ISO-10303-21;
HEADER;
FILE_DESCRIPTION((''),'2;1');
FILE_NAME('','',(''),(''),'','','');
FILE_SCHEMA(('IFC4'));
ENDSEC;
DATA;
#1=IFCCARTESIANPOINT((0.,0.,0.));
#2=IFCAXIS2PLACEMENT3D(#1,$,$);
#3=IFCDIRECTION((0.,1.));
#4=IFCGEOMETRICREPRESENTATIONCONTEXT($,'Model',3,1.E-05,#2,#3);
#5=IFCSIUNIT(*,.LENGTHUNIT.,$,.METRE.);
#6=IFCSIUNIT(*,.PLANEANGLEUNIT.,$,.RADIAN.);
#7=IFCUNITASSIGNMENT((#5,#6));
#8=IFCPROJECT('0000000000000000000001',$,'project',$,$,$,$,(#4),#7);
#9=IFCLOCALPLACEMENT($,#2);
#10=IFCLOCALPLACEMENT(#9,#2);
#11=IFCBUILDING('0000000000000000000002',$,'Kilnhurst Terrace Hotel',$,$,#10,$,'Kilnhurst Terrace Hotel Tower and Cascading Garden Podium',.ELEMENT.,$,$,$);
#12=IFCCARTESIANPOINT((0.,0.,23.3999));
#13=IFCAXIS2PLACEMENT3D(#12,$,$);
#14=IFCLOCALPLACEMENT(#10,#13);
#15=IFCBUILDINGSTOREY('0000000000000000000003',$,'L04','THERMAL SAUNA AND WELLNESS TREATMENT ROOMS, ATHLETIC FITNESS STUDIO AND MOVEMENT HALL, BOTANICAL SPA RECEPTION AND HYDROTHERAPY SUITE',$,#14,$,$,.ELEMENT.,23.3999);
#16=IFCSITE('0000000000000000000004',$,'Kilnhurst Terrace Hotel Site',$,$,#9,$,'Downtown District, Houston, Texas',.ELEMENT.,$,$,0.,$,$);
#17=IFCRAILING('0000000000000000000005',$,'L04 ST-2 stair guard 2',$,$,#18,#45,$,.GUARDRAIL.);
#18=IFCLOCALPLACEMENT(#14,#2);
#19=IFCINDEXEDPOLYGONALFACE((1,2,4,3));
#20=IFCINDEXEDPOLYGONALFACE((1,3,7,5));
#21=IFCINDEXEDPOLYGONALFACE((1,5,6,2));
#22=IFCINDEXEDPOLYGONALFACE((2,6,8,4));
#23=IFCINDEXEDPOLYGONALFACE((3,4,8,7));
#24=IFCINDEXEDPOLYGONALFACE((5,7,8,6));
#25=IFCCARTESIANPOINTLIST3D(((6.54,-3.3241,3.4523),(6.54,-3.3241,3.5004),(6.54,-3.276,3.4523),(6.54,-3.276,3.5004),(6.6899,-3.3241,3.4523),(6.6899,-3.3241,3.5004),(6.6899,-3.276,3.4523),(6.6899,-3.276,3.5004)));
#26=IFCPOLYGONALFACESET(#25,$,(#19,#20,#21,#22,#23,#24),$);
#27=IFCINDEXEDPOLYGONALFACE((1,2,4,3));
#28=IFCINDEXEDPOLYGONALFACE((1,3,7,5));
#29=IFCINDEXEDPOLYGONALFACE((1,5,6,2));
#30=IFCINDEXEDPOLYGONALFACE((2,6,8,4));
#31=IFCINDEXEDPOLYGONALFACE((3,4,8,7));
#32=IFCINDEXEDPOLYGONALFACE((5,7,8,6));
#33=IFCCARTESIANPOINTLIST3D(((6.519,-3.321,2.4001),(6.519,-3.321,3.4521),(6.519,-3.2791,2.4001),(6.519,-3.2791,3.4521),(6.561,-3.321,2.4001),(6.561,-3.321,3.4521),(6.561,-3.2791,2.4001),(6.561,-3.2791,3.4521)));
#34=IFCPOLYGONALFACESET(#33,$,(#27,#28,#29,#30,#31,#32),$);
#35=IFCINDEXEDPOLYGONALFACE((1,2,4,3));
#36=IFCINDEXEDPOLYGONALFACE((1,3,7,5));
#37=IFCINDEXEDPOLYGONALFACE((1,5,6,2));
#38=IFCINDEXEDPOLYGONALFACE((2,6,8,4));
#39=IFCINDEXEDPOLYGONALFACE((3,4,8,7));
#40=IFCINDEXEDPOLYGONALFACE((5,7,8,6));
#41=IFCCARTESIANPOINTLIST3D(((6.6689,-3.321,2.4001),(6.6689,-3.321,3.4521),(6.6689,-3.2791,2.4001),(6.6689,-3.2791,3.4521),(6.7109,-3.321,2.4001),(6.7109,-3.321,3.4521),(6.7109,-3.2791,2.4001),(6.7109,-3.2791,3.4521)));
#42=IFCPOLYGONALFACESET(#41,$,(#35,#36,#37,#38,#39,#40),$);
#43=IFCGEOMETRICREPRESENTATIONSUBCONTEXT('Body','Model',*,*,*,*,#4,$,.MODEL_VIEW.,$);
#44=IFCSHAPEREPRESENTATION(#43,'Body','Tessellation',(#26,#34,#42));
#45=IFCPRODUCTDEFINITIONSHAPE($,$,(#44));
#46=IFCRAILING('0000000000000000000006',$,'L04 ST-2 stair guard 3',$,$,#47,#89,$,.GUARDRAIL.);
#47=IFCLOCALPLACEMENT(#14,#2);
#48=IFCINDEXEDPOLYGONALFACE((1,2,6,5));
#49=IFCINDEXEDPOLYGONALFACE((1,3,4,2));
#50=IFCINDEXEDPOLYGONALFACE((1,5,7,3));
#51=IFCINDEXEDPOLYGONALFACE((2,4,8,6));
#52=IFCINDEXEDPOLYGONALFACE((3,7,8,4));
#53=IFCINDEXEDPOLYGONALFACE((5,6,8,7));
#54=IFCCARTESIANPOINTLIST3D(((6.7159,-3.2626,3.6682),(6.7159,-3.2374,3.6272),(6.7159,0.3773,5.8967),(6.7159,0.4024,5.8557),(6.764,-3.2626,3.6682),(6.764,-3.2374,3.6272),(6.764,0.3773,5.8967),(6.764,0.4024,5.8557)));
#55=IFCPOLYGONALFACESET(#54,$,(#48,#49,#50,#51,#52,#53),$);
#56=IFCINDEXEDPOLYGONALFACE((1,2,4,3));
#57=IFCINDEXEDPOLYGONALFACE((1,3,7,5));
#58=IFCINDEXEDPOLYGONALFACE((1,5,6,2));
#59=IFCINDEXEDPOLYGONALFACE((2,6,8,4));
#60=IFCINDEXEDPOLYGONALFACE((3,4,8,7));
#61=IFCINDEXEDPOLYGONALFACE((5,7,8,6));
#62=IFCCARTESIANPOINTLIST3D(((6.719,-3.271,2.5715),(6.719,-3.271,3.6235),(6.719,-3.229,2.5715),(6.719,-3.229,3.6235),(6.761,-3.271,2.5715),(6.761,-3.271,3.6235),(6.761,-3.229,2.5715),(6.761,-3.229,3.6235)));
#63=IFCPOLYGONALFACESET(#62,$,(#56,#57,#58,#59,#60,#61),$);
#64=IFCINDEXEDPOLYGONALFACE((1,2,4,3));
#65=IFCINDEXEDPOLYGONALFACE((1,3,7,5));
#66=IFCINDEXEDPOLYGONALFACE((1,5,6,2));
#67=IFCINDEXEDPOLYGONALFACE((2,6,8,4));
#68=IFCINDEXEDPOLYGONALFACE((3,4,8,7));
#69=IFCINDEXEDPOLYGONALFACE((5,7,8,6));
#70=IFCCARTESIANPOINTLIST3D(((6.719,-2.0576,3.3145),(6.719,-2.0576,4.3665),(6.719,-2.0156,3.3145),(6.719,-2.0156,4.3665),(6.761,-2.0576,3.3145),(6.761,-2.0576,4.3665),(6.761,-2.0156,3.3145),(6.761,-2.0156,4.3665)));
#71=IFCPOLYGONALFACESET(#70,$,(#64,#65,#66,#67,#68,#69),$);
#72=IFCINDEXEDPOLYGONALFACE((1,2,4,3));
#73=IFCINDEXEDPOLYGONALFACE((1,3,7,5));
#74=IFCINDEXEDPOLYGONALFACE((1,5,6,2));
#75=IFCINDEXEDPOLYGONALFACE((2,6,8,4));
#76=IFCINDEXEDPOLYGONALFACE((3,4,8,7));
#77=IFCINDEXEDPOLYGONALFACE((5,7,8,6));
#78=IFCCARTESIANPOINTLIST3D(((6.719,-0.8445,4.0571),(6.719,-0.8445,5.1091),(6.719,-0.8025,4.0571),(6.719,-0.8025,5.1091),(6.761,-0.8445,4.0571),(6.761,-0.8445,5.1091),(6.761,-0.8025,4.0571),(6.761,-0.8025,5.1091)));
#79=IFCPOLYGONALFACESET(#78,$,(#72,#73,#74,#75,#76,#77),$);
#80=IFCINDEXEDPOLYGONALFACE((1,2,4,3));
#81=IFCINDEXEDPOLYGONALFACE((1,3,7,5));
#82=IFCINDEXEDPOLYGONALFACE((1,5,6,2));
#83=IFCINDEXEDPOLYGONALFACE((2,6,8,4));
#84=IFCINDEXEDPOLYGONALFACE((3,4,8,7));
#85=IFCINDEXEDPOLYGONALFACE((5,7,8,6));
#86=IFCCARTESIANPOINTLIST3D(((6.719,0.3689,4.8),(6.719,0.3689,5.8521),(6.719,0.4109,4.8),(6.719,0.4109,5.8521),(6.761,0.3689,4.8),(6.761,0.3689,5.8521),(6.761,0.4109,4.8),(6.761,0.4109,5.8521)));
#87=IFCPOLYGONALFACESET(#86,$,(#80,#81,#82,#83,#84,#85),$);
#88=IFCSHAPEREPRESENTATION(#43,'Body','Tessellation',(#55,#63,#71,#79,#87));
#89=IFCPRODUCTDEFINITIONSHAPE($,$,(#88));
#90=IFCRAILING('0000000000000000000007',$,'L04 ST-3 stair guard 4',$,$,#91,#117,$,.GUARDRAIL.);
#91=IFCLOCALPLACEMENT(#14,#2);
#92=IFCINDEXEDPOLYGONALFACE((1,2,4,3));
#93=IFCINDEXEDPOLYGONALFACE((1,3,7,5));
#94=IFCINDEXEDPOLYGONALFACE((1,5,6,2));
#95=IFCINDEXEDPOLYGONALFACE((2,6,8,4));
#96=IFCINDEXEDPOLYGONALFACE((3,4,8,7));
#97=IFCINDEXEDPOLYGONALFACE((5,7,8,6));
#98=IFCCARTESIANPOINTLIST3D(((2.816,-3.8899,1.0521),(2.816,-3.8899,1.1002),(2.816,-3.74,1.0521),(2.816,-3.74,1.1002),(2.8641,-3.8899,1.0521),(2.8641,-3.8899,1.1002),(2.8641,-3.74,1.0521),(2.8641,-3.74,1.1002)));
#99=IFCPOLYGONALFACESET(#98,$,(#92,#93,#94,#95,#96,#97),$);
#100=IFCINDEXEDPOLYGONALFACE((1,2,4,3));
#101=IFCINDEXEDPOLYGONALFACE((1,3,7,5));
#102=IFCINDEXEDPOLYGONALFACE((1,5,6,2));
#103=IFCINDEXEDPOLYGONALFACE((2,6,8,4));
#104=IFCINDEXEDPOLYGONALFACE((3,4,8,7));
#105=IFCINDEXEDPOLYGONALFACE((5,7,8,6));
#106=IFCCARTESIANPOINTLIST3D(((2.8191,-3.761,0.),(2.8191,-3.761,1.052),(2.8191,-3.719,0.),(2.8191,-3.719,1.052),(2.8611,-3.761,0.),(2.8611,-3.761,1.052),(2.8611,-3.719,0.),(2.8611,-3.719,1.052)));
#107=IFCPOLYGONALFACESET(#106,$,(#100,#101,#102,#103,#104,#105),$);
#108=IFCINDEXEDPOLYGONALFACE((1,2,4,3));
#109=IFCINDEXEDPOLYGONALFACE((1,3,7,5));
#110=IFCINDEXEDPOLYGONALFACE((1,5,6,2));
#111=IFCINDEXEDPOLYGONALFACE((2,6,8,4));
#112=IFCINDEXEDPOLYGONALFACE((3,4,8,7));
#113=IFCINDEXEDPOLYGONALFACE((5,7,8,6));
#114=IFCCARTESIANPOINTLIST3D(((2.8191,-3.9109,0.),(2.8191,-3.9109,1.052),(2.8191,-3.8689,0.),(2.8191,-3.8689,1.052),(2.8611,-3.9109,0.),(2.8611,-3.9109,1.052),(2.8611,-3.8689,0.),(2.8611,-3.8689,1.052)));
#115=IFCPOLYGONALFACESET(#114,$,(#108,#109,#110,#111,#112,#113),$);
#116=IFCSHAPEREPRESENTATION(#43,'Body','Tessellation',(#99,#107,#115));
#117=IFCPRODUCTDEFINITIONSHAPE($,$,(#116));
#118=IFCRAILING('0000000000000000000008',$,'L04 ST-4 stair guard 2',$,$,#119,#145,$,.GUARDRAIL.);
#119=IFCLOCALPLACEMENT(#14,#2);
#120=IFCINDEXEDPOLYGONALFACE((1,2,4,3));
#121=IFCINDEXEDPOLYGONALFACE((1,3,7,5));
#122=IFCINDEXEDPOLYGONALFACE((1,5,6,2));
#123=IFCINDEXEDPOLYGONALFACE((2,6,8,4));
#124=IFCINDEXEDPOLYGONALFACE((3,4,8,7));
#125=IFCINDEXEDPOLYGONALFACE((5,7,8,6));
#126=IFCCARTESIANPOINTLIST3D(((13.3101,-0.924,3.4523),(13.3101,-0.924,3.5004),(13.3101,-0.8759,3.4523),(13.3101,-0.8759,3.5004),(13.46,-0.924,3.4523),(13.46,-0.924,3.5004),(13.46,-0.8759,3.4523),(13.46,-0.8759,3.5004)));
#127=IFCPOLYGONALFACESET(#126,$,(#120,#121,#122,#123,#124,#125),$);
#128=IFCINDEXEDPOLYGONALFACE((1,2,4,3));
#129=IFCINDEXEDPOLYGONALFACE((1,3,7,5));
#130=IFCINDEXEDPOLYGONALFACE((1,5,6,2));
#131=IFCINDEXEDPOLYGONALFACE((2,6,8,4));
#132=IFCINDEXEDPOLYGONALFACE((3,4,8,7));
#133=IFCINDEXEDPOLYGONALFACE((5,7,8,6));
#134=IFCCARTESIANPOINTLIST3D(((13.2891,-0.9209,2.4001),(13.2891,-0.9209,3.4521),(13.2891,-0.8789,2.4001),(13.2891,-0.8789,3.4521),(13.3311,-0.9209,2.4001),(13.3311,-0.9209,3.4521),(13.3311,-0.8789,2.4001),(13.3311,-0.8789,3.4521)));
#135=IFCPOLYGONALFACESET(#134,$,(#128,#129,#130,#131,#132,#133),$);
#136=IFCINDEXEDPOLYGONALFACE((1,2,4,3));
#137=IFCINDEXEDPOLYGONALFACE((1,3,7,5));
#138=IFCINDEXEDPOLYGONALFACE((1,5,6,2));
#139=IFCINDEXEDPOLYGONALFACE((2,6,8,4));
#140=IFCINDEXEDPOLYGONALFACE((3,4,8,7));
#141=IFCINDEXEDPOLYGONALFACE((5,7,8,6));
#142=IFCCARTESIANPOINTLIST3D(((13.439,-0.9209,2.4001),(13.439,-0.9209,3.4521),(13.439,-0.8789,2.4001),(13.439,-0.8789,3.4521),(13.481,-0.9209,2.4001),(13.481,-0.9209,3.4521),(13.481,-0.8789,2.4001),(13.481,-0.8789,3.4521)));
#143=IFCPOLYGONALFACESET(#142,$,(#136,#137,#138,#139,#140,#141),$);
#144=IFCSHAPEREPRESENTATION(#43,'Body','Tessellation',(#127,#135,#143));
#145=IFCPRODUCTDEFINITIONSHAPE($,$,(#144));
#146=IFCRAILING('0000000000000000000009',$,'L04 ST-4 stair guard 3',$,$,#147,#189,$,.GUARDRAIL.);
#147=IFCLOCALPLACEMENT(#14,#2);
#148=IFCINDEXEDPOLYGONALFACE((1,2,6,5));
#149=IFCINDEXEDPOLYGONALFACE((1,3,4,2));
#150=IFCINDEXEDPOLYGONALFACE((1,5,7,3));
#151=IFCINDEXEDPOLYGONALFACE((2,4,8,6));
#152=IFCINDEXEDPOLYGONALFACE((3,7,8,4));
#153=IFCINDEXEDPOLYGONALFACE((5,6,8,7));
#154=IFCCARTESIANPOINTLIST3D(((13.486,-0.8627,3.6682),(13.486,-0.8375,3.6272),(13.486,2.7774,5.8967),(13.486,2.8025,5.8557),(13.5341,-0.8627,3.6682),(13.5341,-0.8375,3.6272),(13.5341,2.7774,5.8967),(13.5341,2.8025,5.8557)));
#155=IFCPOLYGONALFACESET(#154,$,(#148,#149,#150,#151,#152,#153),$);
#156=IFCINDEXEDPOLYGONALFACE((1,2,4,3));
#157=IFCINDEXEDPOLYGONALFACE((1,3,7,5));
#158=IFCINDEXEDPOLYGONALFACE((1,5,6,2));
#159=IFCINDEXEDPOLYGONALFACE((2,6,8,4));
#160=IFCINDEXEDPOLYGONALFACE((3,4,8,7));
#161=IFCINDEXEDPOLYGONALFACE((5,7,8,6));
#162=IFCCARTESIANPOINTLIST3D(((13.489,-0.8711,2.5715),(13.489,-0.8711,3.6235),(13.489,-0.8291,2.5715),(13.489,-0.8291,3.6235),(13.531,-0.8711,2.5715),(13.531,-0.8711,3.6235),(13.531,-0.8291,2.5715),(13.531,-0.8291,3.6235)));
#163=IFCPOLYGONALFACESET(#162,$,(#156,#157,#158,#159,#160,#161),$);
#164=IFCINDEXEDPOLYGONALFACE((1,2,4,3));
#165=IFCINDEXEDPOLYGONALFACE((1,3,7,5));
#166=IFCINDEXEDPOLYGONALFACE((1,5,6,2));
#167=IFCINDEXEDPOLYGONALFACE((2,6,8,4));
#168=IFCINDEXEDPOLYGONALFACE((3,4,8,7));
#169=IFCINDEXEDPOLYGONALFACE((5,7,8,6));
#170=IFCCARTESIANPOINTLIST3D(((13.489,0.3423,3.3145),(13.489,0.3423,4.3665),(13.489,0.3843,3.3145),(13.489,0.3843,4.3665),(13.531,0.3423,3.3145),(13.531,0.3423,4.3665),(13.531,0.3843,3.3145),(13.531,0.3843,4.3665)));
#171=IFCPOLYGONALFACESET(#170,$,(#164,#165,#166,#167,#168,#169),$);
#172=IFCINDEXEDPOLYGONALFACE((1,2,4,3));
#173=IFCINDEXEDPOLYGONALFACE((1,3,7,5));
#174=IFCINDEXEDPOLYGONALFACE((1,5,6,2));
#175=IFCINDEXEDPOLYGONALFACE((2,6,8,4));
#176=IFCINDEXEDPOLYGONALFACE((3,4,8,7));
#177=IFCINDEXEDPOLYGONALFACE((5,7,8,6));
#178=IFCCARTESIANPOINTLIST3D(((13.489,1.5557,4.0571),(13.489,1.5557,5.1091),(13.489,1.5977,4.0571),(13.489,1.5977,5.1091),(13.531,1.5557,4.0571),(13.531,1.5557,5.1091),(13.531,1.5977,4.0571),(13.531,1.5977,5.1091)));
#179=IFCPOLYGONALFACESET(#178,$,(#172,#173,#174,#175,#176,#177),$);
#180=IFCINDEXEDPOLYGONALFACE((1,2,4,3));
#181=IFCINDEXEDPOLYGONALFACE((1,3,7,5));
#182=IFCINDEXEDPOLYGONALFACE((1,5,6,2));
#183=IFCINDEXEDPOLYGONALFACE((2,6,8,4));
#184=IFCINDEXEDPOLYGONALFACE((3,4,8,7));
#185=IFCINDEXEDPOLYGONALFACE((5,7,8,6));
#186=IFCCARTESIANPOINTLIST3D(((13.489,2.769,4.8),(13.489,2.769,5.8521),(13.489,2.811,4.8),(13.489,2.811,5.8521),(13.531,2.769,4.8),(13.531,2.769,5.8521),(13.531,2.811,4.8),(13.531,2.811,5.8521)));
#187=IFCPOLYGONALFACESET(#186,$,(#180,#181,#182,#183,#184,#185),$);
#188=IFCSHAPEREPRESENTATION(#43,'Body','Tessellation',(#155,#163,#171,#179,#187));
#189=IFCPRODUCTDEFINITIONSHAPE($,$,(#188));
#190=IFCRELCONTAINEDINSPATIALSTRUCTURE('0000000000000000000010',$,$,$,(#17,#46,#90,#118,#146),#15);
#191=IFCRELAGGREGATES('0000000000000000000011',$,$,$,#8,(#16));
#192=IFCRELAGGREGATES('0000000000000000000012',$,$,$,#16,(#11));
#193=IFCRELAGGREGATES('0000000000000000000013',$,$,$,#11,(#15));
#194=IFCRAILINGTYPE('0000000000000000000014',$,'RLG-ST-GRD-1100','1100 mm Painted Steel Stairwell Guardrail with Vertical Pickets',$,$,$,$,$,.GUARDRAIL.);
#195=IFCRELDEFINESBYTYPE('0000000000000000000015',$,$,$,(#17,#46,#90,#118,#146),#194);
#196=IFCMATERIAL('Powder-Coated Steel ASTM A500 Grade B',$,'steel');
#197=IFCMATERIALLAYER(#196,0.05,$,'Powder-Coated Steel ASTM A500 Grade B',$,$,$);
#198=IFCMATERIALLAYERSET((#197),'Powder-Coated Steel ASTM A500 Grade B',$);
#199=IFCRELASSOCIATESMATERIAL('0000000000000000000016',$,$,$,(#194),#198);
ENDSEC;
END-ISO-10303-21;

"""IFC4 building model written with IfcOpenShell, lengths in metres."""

from ifc_helpers import new_model, si_unit, direction, frame, origin, origin_2d, place, context, subcontext, project, spatial, rectangle, extrude, material, layer, layer_set, type_object, element, save


model = new_model("IFC4")

# Units and contexts
model_context = context("Model", 3, precision=1e-05, world=origin(), true_north=direction((0.0, 1.0)))
body_context = subcontext(model_context, "Body", "Model", "MODEL_VIEW")
ifc_project = project(units=[si_unit("LENGTHUNIT", "METRE"), si_unit("PLANEANGLEUNIT", "RADIAN")], contexts=[model_context])

# Site, building, storey
site_placement = place(None, origin())
site = spatial("IfcSite", under=ifc_project, at=site_placement, Name="Kilnhurst Terrace Hotel Site", LongName="Downtown District, Houston, Texas", CompositionType="ELEMENT", RefElevation=0.0)
building_placement = place(site_placement, origin())
building = spatial("IfcBuilding", under=site, at=building_placement, Name="Kilnhurst Terrace Hotel", LongName="Kilnhurst Terrace Hotel Tower and Cascading Garden Podium", CompositionType="ELEMENT")
storey_placement = place(building_placement, frame((0.0, 0.0, 23.3999)))
storey = spatial("IfcBuildingStorey", under=building, at=storey_placement, Name="L04", Description="THERMAL SAUNA AND WELLNESS TREATMENT ROOMS, ATHLETIC FITNESS STUDIO AND MOVEMENT HALL, BOTANICAL SPA RECEPTION AND HYDROTHERAPY SUITE", CompositionType="ELEMENT", Elevation=23.3999)

# Railings
ifc_material_1 = material(Name="Powder-Coated Steel ASTM A500 Grade B", Category="steel")
ifc_layer_1 = layer(ifc_material_1, 0.05, Name="Powder-Coated Steel ASTM A500 Grade B")
ifc_layer_set_1 = layer_set([ifc_layer_1], Name="Powder-Coated Steel ASTM A500 Grade B")
railing_type_1 = type_object("IfcRailingType", Name="RLG-ST-GRD-1100", Description="1100 mm Painted Steel Stairwell Guardrail with Vertical Pickets", PredefinedType="GUARDRAIL", material=ifc_layer_set_1)
railing_1_placement = place(storey_placement, frame((6.54, -3.3, 2.4001)))
element("IfcRailing", 1, at=railing_1_placement, inside=storey, type_object=railing_type_1, Name="L04 ST-2 stair guard 2", PredefinedType="GUARDRAIL", context=body_context, shape_type="SweptSolid", body=[
    extrude(rectangle(XDim=0.0481, YDim=0.0481, at=origin_2d()), frame((0.0, 0.0, 1.0762), z_axis=(1.0, 0.0, 0.0), x_axis=(0.0, 1.0, 0.0)), (0.0, 0.0, 1.0), 0.1499),
    extrude(rectangle(XDim=0.042, YDim=0.042, at=origin_2d()), origin(), (0.0, 0.0, 1.0), 1.052),
    extrude(rectangle(XDim=0.042, YDim=0.042, at=origin_2d()), frame((0.1499, 0.0, 0.0)), (0.0, 0.0, 1.0), 1.052),
])
railing_2_placement = place(storey_placement, frame((6.74, -3.25, 2.5715)))
element("IfcRailing", 2, at=railing_2_placement, inside=storey, type_object=railing_type_1, Name="L04 ST-2 stair guard 3", PredefinedType="GUARDRAIL", context=body_context, shape_type="SweptSolid", body=[
    extrude(rectangle(XDim=0.0481, YDim=0.0481, at=origin_2d()), frame((0.0, 0.0, 1.0762), z_axis=(0.0, 0.85285, 0.522156), x_axis=(-1.0, 0.0, 0.0)), (0.0, 0.0, 1.0), 4.2678),
    extrude(rectangle(XDim=0.042, YDim=0.042, at=origin_2d()), origin(), (0.0, 0.0, 1.0), 1.052),
    extrude(rectangle(XDim=0.042, YDim=0.042, at=origin_2d()), frame((0.0, 1.2134, 0.7429)), (0.0, 0.0, 1.0), 1.052),
    extrude(rectangle(XDim=0.042, YDim=0.042, at=origin_2d()), frame((0.0, 2.4265, 1.4856)), (0.0, 0.0, 1.0), 1.052),
    extrude(rectangle(XDim=0.042, YDim=0.042, at=origin_2d()), frame((0.0, 3.6399, 2.2285)), (0.0, 0.0, 1.0), 1.052),
])
railing_3_placement = place(storey_placement, frame((2.8401, -3.74, 0.0)))
element("IfcRailing", 3, at=railing_3_placement, inside=storey, type_object=railing_type_1, Name="L04 ST-3 stair guard 4", PredefinedType="GUARDRAIL", context=body_context, shape_type="SweptSolid", body=[
    extrude(rectangle(XDim=0.0481, YDim=0.0481, at=origin_2d()), frame((0.0, 0.0, 1.0762), z_axis=(0.0, -1.0, 0.0), x_axis=(1.0, 0.0, 0.0)), (0.0, 0.0, 1.0), 0.1499),
    extrude(rectangle(XDim=0.042, YDim=0.042, at=origin_2d()), origin(), (0.0, 0.0, 1.0), 1.052),
    extrude(rectangle(XDim=0.042, YDim=0.042, at=origin_2d()), frame((0.0, -0.1499, 0.0)), (0.0, 0.0, 1.0), 1.052),
])
railing_4_placement = place(storey_placement, frame((13.3101, -0.8999, 2.4001)))
element("IfcRailing", 4, at=railing_4_placement, inside=storey, type_object=railing_type_1, Name="L04 ST-4 stair guard 2", PredefinedType="GUARDRAIL", context=body_context, shape_type="SweptSolid", body=[
    extrude(rectangle(XDim=0.0481, YDim=0.0481, at=origin_2d()), frame((0.0, 0.0, 1.0762), z_axis=(1.0, 0.0, 0.0), x_axis=(0.0, 1.0, 0.0)), (0.0, 0.0, 1.0), 0.1499),
    extrude(rectangle(XDim=0.042, YDim=0.042, at=origin_2d()), origin(), (0.0, 0.0, 1.0), 1.052),
    extrude(rectangle(XDim=0.042, YDim=0.042, at=origin_2d()), frame((0.1499, 0.0, 0.0)), (0.0, 0.0, 1.0), 1.052),
])
railing_5_placement = place(storey_placement, frame((13.51, -0.8501, 2.5715)))
element("IfcRailing", 5, at=railing_5_placement, inside=storey, type_object=railing_type_1, Name="L04 ST-4 stair guard 3", PredefinedType="GUARDRAIL", context=body_context, shape_type="SweptSolid", body=[
    extrude(rectangle(XDim=0.0481, YDim=0.0481, at=origin_2d()), frame((0.0, 0.0, 1.0762), z_axis=(0.0, 0.852866, 0.52213), x_axis=(-1.0, 0.0, 0.0)), (0.0, 0.0, 1.0), 4.2681),
    extrude(rectangle(XDim=0.042, YDim=0.042, at=origin_2d()), origin(), (0.0, 0.0, 1.0), 1.052),
    extrude(rectangle(XDim=0.042, YDim=0.042, at=origin_2d()), frame((0.0, 1.2134, 0.7429)), (0.0, 0.0, 1.0), 1.052),
    extrude(rectangle(XDim=0.042, YDim=0.042, at=origin_2d()), frame((0.0, 2.4268, 1.4856)), (0.0, 0.0, 1.0), 1.052),
    extrude(rectangle(XDim=0.042, YDim=0.042, at=origin_2d()), frame((0.0, 3.6401, 2.2285)), (0.0, 0.0, 1.0), 1.052),
])

save(model, "model.ifc")
